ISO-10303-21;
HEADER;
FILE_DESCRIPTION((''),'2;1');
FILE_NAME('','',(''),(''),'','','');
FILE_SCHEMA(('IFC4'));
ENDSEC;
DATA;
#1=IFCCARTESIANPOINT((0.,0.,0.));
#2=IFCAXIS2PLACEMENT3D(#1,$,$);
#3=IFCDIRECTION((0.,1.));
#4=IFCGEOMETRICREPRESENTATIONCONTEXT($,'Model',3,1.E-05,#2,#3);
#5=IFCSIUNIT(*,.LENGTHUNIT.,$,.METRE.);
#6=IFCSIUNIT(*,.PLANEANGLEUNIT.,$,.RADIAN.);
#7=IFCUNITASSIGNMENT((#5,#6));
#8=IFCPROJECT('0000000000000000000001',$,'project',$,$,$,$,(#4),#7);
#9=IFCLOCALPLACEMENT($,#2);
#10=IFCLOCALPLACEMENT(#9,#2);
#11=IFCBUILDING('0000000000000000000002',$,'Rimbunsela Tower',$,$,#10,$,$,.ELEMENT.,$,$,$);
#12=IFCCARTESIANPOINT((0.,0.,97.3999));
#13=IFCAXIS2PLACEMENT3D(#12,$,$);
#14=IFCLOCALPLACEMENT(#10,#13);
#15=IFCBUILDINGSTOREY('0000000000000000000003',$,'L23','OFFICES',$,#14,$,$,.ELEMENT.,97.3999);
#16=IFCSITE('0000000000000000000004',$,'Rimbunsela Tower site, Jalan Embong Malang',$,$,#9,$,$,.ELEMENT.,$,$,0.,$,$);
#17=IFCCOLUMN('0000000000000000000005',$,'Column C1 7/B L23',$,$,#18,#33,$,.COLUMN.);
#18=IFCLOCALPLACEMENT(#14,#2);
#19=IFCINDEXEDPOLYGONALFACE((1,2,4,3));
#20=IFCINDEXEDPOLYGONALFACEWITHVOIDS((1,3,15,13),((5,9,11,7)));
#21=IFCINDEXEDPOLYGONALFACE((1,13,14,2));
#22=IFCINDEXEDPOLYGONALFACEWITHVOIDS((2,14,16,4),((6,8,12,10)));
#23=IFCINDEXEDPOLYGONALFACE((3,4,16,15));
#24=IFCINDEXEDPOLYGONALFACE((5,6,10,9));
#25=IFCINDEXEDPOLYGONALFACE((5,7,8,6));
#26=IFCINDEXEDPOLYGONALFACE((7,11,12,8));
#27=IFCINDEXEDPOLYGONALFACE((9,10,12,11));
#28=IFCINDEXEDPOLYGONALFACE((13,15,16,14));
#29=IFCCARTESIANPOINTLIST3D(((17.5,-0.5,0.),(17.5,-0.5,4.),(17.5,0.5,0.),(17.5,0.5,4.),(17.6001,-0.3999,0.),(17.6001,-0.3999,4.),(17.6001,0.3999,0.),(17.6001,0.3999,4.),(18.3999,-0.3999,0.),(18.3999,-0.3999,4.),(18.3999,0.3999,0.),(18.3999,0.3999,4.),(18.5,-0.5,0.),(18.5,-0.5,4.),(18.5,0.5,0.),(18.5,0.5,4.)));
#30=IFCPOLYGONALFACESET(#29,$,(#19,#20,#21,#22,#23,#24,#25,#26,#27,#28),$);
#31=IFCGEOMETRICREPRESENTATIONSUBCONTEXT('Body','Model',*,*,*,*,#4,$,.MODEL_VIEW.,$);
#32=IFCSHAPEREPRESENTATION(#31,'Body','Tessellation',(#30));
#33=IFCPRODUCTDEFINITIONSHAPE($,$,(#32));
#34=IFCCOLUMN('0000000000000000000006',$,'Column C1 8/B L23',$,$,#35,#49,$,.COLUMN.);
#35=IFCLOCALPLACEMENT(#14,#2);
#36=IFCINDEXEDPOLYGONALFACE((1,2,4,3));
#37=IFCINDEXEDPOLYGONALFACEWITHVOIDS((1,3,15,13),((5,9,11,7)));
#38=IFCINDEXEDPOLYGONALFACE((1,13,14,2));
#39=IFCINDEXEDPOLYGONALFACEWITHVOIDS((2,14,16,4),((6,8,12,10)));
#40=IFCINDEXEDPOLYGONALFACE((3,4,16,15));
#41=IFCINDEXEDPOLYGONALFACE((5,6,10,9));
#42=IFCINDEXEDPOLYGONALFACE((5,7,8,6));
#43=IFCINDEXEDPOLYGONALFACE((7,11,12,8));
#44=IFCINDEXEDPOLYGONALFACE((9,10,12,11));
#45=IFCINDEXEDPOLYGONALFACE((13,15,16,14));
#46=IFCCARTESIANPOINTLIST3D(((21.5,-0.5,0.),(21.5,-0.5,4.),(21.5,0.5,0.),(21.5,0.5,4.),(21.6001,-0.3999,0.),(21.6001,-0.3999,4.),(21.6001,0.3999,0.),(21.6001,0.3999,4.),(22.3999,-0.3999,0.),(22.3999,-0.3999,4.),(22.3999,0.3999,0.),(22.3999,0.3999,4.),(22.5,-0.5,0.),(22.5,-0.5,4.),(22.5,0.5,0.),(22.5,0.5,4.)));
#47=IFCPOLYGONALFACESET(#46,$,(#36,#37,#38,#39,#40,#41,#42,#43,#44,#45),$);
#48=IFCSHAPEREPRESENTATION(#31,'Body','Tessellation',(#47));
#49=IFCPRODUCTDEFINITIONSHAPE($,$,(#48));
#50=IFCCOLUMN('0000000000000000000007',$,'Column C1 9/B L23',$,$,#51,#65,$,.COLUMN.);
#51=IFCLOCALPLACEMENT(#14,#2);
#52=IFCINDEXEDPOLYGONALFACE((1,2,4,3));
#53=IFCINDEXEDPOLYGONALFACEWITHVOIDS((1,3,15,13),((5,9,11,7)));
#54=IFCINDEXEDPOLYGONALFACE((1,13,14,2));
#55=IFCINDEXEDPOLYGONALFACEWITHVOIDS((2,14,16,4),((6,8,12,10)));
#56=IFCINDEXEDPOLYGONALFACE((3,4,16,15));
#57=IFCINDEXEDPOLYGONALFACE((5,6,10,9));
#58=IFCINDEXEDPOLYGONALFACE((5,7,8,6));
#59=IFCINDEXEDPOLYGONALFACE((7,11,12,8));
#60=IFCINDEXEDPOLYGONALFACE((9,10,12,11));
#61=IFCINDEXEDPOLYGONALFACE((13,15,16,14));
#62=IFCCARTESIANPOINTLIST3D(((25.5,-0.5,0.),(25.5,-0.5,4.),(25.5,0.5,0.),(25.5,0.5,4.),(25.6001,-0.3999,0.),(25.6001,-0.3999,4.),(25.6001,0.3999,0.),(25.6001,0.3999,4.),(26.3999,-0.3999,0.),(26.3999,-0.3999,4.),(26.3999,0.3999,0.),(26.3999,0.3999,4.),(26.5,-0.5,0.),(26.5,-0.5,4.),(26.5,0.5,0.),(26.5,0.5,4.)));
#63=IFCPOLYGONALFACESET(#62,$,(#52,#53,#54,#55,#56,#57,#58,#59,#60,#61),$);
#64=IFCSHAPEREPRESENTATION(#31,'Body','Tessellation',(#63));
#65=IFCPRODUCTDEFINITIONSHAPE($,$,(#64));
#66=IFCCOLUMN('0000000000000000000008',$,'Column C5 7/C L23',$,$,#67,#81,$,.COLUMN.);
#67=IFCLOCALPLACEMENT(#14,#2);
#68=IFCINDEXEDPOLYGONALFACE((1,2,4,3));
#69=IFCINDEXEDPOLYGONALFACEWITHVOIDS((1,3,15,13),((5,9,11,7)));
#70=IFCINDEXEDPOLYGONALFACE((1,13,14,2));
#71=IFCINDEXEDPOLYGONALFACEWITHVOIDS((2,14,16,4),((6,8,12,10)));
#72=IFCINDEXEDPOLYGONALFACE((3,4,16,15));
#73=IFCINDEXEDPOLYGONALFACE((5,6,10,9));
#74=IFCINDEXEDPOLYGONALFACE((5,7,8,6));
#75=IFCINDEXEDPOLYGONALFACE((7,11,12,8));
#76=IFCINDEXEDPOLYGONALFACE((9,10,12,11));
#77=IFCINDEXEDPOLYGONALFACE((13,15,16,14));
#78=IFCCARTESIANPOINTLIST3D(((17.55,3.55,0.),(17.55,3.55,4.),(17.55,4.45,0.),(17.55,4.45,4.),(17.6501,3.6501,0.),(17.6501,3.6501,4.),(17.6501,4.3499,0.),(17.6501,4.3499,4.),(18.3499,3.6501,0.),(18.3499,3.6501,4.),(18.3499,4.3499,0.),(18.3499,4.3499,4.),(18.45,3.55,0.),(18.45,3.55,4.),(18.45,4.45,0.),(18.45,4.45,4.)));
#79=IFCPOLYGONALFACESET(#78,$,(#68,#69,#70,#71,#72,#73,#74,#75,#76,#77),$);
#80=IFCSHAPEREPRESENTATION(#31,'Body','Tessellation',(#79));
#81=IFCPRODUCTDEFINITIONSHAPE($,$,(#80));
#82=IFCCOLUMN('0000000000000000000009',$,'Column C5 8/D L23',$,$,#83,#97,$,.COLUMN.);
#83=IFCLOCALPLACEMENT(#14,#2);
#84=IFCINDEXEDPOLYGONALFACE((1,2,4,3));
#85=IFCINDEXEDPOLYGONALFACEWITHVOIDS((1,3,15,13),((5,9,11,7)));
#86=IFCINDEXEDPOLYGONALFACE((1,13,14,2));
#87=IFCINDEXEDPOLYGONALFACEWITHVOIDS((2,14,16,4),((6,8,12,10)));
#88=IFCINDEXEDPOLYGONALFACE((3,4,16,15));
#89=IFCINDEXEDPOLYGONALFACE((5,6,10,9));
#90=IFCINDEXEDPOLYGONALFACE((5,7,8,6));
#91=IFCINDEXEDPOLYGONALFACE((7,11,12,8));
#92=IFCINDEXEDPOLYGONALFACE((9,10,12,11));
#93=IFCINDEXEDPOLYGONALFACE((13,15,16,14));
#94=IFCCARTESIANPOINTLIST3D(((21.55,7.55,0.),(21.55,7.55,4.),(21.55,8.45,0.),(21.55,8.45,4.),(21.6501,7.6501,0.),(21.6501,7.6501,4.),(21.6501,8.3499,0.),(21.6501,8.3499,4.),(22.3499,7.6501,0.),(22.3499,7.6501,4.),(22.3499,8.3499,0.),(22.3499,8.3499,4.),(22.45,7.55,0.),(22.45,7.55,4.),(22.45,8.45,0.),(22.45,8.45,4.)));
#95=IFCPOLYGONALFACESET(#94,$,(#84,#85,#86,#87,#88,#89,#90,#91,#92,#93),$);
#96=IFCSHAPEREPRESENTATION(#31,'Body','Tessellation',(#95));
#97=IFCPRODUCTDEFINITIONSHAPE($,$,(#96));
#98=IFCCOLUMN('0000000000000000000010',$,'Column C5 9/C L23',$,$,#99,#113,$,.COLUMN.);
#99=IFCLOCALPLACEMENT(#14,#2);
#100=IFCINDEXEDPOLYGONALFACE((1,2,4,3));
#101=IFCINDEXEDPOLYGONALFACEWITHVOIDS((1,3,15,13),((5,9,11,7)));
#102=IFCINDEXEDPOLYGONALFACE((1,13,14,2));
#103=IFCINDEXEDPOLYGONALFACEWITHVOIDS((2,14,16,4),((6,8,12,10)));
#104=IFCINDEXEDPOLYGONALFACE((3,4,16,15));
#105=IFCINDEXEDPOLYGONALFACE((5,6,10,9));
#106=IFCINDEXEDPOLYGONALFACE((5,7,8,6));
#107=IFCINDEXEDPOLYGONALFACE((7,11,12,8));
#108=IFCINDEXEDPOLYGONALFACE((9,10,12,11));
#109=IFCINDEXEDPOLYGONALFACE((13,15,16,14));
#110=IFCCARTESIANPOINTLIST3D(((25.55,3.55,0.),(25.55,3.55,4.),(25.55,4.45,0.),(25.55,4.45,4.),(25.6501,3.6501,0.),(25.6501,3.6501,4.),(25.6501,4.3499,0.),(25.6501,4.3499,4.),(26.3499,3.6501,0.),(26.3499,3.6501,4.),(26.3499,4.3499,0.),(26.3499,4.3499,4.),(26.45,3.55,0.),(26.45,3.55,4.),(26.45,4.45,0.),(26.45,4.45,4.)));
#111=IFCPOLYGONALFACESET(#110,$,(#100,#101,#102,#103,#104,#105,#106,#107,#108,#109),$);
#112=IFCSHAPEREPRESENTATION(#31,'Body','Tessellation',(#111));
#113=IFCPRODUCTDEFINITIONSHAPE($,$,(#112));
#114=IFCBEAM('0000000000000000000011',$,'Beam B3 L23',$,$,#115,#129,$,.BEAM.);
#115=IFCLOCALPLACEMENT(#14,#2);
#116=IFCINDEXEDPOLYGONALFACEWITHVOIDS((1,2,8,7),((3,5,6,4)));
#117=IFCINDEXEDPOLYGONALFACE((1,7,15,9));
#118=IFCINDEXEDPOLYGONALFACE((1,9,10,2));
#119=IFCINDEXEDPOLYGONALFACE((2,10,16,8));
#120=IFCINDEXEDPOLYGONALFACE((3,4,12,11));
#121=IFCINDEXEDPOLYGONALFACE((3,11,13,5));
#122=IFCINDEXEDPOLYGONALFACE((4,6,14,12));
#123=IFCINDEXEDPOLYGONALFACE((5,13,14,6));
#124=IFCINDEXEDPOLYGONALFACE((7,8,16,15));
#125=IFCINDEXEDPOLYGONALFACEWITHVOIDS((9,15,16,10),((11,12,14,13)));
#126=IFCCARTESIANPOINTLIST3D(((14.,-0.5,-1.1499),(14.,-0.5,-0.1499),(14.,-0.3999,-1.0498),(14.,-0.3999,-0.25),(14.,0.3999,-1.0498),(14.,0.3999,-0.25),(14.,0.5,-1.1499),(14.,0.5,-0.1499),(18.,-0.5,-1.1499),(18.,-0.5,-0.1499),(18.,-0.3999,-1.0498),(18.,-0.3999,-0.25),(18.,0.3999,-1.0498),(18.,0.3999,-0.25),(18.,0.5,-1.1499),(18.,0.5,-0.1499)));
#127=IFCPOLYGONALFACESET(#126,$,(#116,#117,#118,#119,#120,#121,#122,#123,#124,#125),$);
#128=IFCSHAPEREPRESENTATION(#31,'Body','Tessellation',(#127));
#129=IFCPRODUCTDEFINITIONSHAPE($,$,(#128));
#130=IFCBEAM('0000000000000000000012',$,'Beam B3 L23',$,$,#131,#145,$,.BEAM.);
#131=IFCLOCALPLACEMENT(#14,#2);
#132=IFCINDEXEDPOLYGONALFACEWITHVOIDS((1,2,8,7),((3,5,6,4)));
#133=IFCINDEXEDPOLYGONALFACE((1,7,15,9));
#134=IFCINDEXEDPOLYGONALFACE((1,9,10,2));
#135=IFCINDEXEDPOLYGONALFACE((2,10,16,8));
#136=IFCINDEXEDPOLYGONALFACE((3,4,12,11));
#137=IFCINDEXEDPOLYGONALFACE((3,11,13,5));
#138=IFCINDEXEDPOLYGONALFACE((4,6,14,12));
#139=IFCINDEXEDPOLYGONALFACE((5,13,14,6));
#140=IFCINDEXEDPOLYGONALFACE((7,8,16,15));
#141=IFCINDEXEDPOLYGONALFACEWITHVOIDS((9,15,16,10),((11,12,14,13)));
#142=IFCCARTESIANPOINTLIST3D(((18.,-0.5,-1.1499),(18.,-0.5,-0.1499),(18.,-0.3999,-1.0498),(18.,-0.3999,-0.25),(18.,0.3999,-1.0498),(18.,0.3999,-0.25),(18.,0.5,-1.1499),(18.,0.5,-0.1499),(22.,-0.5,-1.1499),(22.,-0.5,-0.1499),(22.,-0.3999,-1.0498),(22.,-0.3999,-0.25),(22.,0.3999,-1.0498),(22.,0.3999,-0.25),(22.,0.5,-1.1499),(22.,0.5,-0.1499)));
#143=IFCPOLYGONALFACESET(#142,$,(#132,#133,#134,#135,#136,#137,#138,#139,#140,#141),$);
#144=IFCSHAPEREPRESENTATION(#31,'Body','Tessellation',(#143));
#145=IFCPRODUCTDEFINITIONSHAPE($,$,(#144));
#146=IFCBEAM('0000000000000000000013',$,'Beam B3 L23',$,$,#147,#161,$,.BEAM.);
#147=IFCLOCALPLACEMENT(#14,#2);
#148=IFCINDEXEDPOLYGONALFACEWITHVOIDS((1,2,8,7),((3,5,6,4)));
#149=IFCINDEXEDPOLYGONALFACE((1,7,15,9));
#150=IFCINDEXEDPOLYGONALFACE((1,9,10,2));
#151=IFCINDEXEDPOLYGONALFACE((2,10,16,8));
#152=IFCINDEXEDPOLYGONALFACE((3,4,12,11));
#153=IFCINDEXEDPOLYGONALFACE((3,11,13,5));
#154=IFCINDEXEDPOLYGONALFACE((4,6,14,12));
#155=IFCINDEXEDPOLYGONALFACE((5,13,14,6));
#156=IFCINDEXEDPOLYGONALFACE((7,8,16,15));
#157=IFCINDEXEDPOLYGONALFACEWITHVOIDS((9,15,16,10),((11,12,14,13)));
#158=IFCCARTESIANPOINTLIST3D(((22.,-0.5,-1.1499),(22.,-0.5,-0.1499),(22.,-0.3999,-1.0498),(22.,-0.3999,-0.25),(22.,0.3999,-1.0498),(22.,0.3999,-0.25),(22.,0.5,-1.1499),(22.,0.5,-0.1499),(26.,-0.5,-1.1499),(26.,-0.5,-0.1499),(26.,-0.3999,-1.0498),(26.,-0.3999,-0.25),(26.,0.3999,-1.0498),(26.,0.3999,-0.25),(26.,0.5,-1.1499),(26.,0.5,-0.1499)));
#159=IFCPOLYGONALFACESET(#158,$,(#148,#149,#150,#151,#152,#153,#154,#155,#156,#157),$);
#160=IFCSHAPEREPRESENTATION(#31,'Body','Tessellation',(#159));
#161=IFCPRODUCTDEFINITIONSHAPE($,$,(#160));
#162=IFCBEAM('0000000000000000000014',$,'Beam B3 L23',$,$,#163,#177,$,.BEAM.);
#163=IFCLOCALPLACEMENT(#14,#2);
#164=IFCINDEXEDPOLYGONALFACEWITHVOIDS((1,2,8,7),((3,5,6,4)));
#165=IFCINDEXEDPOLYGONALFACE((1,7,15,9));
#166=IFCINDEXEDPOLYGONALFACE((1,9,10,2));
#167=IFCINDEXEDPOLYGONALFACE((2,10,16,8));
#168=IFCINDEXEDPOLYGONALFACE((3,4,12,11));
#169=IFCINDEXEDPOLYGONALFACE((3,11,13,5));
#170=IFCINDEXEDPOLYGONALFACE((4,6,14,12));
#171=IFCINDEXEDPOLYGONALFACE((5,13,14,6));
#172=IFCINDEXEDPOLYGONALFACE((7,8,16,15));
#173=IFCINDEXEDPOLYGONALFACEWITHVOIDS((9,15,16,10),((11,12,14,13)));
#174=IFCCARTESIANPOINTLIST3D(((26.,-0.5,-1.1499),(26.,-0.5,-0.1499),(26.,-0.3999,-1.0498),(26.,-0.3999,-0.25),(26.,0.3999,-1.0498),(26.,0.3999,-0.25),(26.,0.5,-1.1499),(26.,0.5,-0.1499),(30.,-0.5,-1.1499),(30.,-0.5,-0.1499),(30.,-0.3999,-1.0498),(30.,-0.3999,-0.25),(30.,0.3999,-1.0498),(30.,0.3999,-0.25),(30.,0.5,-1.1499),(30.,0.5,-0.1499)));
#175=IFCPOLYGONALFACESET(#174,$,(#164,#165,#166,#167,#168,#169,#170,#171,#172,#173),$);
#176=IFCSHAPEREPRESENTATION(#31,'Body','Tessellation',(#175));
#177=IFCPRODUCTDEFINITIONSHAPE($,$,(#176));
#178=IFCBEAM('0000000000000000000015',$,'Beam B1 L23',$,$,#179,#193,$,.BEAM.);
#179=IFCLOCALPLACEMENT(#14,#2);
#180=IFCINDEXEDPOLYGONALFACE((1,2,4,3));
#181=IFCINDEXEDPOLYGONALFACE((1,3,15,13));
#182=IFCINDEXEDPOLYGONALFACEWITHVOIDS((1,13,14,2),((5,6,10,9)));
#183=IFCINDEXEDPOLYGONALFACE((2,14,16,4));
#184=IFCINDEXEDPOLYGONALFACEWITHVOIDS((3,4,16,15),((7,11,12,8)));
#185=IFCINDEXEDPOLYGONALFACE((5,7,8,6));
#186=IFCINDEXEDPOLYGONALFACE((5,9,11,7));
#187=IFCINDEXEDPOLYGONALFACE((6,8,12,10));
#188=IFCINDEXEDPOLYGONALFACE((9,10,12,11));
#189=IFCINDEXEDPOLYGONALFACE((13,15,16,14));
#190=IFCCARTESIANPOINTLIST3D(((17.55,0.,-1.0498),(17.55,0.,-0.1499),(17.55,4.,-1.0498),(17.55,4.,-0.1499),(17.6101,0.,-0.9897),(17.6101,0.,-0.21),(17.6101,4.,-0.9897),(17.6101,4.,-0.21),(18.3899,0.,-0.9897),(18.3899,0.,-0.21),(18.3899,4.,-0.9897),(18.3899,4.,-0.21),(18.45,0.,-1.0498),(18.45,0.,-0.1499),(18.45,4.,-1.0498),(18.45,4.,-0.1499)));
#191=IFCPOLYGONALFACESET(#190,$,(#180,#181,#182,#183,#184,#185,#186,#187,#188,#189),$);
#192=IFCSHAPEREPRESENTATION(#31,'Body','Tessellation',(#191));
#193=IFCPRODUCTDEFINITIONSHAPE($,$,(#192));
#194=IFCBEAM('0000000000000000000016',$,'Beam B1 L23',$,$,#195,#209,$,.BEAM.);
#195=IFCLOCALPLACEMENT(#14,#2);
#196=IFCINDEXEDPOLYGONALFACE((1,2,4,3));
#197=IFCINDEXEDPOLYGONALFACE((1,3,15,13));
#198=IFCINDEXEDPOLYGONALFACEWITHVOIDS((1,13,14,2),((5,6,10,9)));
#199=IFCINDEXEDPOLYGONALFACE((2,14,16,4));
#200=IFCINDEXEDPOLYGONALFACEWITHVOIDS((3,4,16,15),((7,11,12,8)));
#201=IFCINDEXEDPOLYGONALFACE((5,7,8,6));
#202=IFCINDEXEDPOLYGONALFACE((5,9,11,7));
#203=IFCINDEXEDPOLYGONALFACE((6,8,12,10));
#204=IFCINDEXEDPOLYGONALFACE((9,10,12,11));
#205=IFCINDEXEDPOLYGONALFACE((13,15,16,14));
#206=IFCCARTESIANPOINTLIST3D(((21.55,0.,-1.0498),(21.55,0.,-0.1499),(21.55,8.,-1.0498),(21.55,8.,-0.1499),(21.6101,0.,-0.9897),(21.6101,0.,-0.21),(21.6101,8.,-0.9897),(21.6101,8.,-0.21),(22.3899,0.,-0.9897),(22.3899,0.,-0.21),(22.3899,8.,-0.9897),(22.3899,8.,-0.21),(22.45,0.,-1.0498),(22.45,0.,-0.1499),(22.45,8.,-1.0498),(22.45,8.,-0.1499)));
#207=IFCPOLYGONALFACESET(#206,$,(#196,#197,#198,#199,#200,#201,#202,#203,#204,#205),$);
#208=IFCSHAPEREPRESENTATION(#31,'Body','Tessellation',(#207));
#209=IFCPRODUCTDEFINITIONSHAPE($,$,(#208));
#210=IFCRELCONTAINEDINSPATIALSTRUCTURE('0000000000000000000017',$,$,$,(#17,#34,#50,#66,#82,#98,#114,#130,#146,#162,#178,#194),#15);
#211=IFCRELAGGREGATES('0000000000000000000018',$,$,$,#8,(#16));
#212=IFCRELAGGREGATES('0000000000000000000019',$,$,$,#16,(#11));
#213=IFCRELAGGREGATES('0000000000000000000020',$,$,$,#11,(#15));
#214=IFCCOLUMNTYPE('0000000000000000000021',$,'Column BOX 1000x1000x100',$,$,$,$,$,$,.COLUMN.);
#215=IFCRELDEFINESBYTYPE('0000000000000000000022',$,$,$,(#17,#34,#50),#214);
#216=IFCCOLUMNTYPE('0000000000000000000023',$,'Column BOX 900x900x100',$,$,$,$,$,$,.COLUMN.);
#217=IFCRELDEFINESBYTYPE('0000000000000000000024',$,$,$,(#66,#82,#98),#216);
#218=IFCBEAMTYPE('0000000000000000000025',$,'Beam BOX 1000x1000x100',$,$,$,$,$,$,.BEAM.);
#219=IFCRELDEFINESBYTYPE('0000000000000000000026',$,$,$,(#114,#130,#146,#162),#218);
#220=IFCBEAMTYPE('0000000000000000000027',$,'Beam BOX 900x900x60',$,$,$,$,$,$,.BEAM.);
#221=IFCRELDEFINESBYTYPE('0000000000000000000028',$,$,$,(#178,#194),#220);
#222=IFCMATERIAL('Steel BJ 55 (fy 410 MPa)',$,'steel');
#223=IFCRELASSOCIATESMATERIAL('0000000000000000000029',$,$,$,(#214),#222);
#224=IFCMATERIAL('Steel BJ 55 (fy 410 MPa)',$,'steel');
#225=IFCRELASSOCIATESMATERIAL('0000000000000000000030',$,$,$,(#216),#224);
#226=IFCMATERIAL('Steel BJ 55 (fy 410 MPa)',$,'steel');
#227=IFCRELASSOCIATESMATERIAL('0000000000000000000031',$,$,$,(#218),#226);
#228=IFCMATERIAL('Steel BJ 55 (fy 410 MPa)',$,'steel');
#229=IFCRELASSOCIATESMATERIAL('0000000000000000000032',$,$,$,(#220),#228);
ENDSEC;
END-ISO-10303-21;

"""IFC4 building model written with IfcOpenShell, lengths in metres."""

from ifc_helpers import new_model, si_unit, direction, frame, origin, origin_2d, place, context, subcontext, project, spatial, hollow_rectangle, extrude, material, material_profile, profile_set, type_object, element, save


model = new_model("IFC4")

# Units and contexts
model_context = context("Model", 3, precision=1e-05, world=origin(), true_north=direction((0.0, 1.0)))
body_context = subcontext(model_context, "Body", "Model", "MODEL_VIEW")
ifc_project = project(units=[si_unit("LENGTHUNIT", "METRE"), si_unit("PLANEANGLEUNIT", "RADIAN")], contexts=[model_context])

# Site, building, storey
site_placement = place(None, origin())
site = spatial("IfcSite", under=ifc_project, at=site_placement, Name="Rimbunsela Tower site, Jalan Embong Malang", CompositionType="ELEMENT", RefElevation=0.0)
building_placement = place(site_placement, origin())
building = spatial("IfcBuilding", under=site, at=building_placement, Name="Rimbunsela Tower", CompositionType="ELEMENT")
storey_placement = place(building_placement, frame((0.0, 0.0, 97.3999)))
storey = spatial("IfcBuildingStorey", under=building, at=storey_placement, Name="L23", Description="OFFICES", CompositionType="ELEMENT", Elevation=97.3999)

# Columns
ifc_material_1 = material(Name="Steel BJ 55 (fy 410 MPa)", Category="steel")
ifc_material_profile_1 = material_profile(ifc_material_1, hollow_rectangle(XDim=1.0, YDim=1.0, WallThickness=0.1001, at=origin_2d()), Name="BOX 1000x1000x100")
ifc_profile_set_1 = profile_set([ifc_material_profile_1], Name="Steel BJ 55 (fy 410 MPa)")
column_type_1 = type_object("IfcColumnType", Name="Column BOX 1000x1000x100", PredefinedType="COLUMN", material=ifc_profile_set_1)
for number, where, z_axis, x_axis, name in (
    (1, (18.0, 0.0, 0.0), (0.0, 0.0, 1.0), (1.0, 0.0, 0.0), "Column C1 7/B L23"),
    (2, (22.0, 0.0, 0.0), (0.0, 0.0, 1.0), (1.0, 0.0, 0.0), "Column C1 8/B L23"),
    (3, (26.0, 0.0, 0.0), (0.0, 0.0, 1.0), (1.0, 0.0, 0.0), "Column C1 9/B L23"),
):
    element("IfcColumn", number, at=place(storey_placement, frame(where, z_axis=z_axis, x_axis=x_axis)), inside=storey, type_object=column_type_1, Name=name, PredefinedType="COLUMN", context=body_context, shape_type="SweptSolid", body=[
        extrude(hollow_rectangle(XDim=1.0, YDim=1.0, WallThickness=0.1001, at=origin_2d()), origin(), (0.0, 0.0, 1.0), 4.0),
    ])
ifc_material_2 = material(Name="Steel BJ 55 (fy 410 MPa)", Category="steel")
ifc_material_profile_2 = material_profile(ifc_material_2, hollow_rectangle(XDim=0.8999, YDim=0.8999, WallThickness=0.1001, at=origin_2d()), Name="BOX 900x900x100")
ifc_profile_set_2 = profile_set([ifc_material_profile_2], Name="Steel BJ 55 (fy 410 MPa)")
column_type_2 = type_object("IfcColumnType", Name="Column BOX 900x900x100", PredefinedType="COLUMN", material=ifc_profile_set_2)
for number, where, z_axis, x_axis, name in (
    (4, (18.0, 4.0, 0.0), (0.0, 0.0, 1.0), (1.0, 0.0, 0.0), "Column C5 7/C L23"),
    (5, (22.0, 8.0, 0.0), (0.0, 0.0, 1.0), (1.0, 0.0, 0.0), "Column C5 8/D L23"),
    (6, (26.0, 4.0, 0.0), (0.0, 0.0, 1.0), (1.0, 0.0, 0.0), "Column C5 9/C L23"),
):
    element("IfcColumn", number, at=place(storey_placement, frame(where, z_axis=z_axis, x_axis=x_axis)), inside=storey, type_object=column_type_2, Name=name, PredefinedType="COLUMN", context=body_context, shape_type="SweptSolid", body=[
        extrude(hollow_rectangle(XDim=0.8999, YDim=0.8999, WallThickness=0.1001, at=origin_2d()), origin(), (0.0, 0.0, 1.0), 4.0),
    ])

# Beams
ifc_material_3 = material(Name="Steel BJ 55 (fy 410 MPa)", Category="steel")
ifc_material_profile_3 = material_profile(ifc_material_3, hollow_rectangle(XDim=1.0, YDim=1.0, WallThickness=0.1001, at=origin_2d()), Name="BOX 1000x1000x100")
ifc_profile_set_3 = profile_set([ifc_material_profile_3], Name="Steel BJ 55 (fy 410 MPa)")
beam_type_1 = type_object("IfcBeamType", Name="Beam BOX 1000x1000x100", PredefinedType="BEAM", material=ifc_profile_set_3)
for number, where, z_axis, x_axis, name in (
    (7, (14.0, 0.0, -0.6499), (1.0, 0.0, 0.0), (0.0, 1.0, 0.0), "Beam B3 L23"),
    (8, (18.0, 0.0, -0.6499), (1.0, 0.0, 0.0), (0.0, 1.0, 0.0), "Beam B3 L23"),
    (9, (22.0, 0.0, -0.6499), (1.0, 0.0, 0.0), (0.0, 1.0, 0.0), "Beam B3 L23"),
    (10, (26.0, 0.0, -0.6499), (1.0, 0.0, 0.0), (0.0, 1.0, 0.0), "Beam B3 L23"),
):
    element("IfcBeam", number, at=place(storey_placement, frame(where, z_axis=z_axis, x_axis=x_axis)), inside=storey, type_object=beam_type_1, Name=name, PredefinedType="BEAM", context=body_context, shape_type="SweptSolid", body=[
        extrude(hollow_rectangle(XDim=1.0, YDim=1.0, WallThickness=0.1001, at=origin_2d()), origin(), (0.0, 0.0, 1.0), 4.0),
    ])
ifc_material_4 = material(Name="Steel BJ 55 (fy 410 MPa)", Category="steel")
ifc_material_profile_4 = material_profile(ifc_material_4, hollow_rectangle(XDim=0.8999, YDim=0.8999, WallThickness=0.0601, at=origin_2d()), Name="BOX 900x900x60")
ifc_profile_set_4 = profile_set([ifc_material_profile_4], Name="Steel BJ 55 (fy 410 MPa)")
beam_type_2 = type_object("IfcBeamType", Name="Beam BOX 900x900x60", PredefinedType="BEAM", material=ifc_profile_set_4)
beam_1_placement = place(storey_placement, frame((18.0, 0.0, -0.5999), z_axis=(0.0, 1.0, 0.0), x_axis=(-1.0, 0.0, 0.0)))
element("IfcBeam", 11, at=beam_1_placement, inside=storey, type_object=beam_type_2, Name="Beam B1 L23", PredefinedType="BEAM", context=body_context, shape_type="SweptSolid", body=[
    extrude(hollow_rectangle(XDim=0.8999, YDim=0.8999, WallThickness=0.0601, at=origin_2d()), origin(), (0.0, 0.0, 1.0), 4.0),
])
beam_2_placement = place(storey_placement, frame((22.0, 0.0, -0.5999), z_axis=(0.0, 1.0, 0.0), x_axis=(-1.0, 0.0, 0.0)))
element("IfcBeam", 12, at=beam_2_placement, inside=storey, type_object=beam_type_2, Name="Beam B1 L23", PredefinedType="BEAM", context=body_context, shape_type="SweptSolid", body=[
    extrude(hollow_rectangle(XDim=0.8999, YDim=0.8999, WallThickness=0.0601, at=origin_2d()), origin(), (0.0, 0.0, 1.0), 8.0),
])

save(model, "model.ifc")
